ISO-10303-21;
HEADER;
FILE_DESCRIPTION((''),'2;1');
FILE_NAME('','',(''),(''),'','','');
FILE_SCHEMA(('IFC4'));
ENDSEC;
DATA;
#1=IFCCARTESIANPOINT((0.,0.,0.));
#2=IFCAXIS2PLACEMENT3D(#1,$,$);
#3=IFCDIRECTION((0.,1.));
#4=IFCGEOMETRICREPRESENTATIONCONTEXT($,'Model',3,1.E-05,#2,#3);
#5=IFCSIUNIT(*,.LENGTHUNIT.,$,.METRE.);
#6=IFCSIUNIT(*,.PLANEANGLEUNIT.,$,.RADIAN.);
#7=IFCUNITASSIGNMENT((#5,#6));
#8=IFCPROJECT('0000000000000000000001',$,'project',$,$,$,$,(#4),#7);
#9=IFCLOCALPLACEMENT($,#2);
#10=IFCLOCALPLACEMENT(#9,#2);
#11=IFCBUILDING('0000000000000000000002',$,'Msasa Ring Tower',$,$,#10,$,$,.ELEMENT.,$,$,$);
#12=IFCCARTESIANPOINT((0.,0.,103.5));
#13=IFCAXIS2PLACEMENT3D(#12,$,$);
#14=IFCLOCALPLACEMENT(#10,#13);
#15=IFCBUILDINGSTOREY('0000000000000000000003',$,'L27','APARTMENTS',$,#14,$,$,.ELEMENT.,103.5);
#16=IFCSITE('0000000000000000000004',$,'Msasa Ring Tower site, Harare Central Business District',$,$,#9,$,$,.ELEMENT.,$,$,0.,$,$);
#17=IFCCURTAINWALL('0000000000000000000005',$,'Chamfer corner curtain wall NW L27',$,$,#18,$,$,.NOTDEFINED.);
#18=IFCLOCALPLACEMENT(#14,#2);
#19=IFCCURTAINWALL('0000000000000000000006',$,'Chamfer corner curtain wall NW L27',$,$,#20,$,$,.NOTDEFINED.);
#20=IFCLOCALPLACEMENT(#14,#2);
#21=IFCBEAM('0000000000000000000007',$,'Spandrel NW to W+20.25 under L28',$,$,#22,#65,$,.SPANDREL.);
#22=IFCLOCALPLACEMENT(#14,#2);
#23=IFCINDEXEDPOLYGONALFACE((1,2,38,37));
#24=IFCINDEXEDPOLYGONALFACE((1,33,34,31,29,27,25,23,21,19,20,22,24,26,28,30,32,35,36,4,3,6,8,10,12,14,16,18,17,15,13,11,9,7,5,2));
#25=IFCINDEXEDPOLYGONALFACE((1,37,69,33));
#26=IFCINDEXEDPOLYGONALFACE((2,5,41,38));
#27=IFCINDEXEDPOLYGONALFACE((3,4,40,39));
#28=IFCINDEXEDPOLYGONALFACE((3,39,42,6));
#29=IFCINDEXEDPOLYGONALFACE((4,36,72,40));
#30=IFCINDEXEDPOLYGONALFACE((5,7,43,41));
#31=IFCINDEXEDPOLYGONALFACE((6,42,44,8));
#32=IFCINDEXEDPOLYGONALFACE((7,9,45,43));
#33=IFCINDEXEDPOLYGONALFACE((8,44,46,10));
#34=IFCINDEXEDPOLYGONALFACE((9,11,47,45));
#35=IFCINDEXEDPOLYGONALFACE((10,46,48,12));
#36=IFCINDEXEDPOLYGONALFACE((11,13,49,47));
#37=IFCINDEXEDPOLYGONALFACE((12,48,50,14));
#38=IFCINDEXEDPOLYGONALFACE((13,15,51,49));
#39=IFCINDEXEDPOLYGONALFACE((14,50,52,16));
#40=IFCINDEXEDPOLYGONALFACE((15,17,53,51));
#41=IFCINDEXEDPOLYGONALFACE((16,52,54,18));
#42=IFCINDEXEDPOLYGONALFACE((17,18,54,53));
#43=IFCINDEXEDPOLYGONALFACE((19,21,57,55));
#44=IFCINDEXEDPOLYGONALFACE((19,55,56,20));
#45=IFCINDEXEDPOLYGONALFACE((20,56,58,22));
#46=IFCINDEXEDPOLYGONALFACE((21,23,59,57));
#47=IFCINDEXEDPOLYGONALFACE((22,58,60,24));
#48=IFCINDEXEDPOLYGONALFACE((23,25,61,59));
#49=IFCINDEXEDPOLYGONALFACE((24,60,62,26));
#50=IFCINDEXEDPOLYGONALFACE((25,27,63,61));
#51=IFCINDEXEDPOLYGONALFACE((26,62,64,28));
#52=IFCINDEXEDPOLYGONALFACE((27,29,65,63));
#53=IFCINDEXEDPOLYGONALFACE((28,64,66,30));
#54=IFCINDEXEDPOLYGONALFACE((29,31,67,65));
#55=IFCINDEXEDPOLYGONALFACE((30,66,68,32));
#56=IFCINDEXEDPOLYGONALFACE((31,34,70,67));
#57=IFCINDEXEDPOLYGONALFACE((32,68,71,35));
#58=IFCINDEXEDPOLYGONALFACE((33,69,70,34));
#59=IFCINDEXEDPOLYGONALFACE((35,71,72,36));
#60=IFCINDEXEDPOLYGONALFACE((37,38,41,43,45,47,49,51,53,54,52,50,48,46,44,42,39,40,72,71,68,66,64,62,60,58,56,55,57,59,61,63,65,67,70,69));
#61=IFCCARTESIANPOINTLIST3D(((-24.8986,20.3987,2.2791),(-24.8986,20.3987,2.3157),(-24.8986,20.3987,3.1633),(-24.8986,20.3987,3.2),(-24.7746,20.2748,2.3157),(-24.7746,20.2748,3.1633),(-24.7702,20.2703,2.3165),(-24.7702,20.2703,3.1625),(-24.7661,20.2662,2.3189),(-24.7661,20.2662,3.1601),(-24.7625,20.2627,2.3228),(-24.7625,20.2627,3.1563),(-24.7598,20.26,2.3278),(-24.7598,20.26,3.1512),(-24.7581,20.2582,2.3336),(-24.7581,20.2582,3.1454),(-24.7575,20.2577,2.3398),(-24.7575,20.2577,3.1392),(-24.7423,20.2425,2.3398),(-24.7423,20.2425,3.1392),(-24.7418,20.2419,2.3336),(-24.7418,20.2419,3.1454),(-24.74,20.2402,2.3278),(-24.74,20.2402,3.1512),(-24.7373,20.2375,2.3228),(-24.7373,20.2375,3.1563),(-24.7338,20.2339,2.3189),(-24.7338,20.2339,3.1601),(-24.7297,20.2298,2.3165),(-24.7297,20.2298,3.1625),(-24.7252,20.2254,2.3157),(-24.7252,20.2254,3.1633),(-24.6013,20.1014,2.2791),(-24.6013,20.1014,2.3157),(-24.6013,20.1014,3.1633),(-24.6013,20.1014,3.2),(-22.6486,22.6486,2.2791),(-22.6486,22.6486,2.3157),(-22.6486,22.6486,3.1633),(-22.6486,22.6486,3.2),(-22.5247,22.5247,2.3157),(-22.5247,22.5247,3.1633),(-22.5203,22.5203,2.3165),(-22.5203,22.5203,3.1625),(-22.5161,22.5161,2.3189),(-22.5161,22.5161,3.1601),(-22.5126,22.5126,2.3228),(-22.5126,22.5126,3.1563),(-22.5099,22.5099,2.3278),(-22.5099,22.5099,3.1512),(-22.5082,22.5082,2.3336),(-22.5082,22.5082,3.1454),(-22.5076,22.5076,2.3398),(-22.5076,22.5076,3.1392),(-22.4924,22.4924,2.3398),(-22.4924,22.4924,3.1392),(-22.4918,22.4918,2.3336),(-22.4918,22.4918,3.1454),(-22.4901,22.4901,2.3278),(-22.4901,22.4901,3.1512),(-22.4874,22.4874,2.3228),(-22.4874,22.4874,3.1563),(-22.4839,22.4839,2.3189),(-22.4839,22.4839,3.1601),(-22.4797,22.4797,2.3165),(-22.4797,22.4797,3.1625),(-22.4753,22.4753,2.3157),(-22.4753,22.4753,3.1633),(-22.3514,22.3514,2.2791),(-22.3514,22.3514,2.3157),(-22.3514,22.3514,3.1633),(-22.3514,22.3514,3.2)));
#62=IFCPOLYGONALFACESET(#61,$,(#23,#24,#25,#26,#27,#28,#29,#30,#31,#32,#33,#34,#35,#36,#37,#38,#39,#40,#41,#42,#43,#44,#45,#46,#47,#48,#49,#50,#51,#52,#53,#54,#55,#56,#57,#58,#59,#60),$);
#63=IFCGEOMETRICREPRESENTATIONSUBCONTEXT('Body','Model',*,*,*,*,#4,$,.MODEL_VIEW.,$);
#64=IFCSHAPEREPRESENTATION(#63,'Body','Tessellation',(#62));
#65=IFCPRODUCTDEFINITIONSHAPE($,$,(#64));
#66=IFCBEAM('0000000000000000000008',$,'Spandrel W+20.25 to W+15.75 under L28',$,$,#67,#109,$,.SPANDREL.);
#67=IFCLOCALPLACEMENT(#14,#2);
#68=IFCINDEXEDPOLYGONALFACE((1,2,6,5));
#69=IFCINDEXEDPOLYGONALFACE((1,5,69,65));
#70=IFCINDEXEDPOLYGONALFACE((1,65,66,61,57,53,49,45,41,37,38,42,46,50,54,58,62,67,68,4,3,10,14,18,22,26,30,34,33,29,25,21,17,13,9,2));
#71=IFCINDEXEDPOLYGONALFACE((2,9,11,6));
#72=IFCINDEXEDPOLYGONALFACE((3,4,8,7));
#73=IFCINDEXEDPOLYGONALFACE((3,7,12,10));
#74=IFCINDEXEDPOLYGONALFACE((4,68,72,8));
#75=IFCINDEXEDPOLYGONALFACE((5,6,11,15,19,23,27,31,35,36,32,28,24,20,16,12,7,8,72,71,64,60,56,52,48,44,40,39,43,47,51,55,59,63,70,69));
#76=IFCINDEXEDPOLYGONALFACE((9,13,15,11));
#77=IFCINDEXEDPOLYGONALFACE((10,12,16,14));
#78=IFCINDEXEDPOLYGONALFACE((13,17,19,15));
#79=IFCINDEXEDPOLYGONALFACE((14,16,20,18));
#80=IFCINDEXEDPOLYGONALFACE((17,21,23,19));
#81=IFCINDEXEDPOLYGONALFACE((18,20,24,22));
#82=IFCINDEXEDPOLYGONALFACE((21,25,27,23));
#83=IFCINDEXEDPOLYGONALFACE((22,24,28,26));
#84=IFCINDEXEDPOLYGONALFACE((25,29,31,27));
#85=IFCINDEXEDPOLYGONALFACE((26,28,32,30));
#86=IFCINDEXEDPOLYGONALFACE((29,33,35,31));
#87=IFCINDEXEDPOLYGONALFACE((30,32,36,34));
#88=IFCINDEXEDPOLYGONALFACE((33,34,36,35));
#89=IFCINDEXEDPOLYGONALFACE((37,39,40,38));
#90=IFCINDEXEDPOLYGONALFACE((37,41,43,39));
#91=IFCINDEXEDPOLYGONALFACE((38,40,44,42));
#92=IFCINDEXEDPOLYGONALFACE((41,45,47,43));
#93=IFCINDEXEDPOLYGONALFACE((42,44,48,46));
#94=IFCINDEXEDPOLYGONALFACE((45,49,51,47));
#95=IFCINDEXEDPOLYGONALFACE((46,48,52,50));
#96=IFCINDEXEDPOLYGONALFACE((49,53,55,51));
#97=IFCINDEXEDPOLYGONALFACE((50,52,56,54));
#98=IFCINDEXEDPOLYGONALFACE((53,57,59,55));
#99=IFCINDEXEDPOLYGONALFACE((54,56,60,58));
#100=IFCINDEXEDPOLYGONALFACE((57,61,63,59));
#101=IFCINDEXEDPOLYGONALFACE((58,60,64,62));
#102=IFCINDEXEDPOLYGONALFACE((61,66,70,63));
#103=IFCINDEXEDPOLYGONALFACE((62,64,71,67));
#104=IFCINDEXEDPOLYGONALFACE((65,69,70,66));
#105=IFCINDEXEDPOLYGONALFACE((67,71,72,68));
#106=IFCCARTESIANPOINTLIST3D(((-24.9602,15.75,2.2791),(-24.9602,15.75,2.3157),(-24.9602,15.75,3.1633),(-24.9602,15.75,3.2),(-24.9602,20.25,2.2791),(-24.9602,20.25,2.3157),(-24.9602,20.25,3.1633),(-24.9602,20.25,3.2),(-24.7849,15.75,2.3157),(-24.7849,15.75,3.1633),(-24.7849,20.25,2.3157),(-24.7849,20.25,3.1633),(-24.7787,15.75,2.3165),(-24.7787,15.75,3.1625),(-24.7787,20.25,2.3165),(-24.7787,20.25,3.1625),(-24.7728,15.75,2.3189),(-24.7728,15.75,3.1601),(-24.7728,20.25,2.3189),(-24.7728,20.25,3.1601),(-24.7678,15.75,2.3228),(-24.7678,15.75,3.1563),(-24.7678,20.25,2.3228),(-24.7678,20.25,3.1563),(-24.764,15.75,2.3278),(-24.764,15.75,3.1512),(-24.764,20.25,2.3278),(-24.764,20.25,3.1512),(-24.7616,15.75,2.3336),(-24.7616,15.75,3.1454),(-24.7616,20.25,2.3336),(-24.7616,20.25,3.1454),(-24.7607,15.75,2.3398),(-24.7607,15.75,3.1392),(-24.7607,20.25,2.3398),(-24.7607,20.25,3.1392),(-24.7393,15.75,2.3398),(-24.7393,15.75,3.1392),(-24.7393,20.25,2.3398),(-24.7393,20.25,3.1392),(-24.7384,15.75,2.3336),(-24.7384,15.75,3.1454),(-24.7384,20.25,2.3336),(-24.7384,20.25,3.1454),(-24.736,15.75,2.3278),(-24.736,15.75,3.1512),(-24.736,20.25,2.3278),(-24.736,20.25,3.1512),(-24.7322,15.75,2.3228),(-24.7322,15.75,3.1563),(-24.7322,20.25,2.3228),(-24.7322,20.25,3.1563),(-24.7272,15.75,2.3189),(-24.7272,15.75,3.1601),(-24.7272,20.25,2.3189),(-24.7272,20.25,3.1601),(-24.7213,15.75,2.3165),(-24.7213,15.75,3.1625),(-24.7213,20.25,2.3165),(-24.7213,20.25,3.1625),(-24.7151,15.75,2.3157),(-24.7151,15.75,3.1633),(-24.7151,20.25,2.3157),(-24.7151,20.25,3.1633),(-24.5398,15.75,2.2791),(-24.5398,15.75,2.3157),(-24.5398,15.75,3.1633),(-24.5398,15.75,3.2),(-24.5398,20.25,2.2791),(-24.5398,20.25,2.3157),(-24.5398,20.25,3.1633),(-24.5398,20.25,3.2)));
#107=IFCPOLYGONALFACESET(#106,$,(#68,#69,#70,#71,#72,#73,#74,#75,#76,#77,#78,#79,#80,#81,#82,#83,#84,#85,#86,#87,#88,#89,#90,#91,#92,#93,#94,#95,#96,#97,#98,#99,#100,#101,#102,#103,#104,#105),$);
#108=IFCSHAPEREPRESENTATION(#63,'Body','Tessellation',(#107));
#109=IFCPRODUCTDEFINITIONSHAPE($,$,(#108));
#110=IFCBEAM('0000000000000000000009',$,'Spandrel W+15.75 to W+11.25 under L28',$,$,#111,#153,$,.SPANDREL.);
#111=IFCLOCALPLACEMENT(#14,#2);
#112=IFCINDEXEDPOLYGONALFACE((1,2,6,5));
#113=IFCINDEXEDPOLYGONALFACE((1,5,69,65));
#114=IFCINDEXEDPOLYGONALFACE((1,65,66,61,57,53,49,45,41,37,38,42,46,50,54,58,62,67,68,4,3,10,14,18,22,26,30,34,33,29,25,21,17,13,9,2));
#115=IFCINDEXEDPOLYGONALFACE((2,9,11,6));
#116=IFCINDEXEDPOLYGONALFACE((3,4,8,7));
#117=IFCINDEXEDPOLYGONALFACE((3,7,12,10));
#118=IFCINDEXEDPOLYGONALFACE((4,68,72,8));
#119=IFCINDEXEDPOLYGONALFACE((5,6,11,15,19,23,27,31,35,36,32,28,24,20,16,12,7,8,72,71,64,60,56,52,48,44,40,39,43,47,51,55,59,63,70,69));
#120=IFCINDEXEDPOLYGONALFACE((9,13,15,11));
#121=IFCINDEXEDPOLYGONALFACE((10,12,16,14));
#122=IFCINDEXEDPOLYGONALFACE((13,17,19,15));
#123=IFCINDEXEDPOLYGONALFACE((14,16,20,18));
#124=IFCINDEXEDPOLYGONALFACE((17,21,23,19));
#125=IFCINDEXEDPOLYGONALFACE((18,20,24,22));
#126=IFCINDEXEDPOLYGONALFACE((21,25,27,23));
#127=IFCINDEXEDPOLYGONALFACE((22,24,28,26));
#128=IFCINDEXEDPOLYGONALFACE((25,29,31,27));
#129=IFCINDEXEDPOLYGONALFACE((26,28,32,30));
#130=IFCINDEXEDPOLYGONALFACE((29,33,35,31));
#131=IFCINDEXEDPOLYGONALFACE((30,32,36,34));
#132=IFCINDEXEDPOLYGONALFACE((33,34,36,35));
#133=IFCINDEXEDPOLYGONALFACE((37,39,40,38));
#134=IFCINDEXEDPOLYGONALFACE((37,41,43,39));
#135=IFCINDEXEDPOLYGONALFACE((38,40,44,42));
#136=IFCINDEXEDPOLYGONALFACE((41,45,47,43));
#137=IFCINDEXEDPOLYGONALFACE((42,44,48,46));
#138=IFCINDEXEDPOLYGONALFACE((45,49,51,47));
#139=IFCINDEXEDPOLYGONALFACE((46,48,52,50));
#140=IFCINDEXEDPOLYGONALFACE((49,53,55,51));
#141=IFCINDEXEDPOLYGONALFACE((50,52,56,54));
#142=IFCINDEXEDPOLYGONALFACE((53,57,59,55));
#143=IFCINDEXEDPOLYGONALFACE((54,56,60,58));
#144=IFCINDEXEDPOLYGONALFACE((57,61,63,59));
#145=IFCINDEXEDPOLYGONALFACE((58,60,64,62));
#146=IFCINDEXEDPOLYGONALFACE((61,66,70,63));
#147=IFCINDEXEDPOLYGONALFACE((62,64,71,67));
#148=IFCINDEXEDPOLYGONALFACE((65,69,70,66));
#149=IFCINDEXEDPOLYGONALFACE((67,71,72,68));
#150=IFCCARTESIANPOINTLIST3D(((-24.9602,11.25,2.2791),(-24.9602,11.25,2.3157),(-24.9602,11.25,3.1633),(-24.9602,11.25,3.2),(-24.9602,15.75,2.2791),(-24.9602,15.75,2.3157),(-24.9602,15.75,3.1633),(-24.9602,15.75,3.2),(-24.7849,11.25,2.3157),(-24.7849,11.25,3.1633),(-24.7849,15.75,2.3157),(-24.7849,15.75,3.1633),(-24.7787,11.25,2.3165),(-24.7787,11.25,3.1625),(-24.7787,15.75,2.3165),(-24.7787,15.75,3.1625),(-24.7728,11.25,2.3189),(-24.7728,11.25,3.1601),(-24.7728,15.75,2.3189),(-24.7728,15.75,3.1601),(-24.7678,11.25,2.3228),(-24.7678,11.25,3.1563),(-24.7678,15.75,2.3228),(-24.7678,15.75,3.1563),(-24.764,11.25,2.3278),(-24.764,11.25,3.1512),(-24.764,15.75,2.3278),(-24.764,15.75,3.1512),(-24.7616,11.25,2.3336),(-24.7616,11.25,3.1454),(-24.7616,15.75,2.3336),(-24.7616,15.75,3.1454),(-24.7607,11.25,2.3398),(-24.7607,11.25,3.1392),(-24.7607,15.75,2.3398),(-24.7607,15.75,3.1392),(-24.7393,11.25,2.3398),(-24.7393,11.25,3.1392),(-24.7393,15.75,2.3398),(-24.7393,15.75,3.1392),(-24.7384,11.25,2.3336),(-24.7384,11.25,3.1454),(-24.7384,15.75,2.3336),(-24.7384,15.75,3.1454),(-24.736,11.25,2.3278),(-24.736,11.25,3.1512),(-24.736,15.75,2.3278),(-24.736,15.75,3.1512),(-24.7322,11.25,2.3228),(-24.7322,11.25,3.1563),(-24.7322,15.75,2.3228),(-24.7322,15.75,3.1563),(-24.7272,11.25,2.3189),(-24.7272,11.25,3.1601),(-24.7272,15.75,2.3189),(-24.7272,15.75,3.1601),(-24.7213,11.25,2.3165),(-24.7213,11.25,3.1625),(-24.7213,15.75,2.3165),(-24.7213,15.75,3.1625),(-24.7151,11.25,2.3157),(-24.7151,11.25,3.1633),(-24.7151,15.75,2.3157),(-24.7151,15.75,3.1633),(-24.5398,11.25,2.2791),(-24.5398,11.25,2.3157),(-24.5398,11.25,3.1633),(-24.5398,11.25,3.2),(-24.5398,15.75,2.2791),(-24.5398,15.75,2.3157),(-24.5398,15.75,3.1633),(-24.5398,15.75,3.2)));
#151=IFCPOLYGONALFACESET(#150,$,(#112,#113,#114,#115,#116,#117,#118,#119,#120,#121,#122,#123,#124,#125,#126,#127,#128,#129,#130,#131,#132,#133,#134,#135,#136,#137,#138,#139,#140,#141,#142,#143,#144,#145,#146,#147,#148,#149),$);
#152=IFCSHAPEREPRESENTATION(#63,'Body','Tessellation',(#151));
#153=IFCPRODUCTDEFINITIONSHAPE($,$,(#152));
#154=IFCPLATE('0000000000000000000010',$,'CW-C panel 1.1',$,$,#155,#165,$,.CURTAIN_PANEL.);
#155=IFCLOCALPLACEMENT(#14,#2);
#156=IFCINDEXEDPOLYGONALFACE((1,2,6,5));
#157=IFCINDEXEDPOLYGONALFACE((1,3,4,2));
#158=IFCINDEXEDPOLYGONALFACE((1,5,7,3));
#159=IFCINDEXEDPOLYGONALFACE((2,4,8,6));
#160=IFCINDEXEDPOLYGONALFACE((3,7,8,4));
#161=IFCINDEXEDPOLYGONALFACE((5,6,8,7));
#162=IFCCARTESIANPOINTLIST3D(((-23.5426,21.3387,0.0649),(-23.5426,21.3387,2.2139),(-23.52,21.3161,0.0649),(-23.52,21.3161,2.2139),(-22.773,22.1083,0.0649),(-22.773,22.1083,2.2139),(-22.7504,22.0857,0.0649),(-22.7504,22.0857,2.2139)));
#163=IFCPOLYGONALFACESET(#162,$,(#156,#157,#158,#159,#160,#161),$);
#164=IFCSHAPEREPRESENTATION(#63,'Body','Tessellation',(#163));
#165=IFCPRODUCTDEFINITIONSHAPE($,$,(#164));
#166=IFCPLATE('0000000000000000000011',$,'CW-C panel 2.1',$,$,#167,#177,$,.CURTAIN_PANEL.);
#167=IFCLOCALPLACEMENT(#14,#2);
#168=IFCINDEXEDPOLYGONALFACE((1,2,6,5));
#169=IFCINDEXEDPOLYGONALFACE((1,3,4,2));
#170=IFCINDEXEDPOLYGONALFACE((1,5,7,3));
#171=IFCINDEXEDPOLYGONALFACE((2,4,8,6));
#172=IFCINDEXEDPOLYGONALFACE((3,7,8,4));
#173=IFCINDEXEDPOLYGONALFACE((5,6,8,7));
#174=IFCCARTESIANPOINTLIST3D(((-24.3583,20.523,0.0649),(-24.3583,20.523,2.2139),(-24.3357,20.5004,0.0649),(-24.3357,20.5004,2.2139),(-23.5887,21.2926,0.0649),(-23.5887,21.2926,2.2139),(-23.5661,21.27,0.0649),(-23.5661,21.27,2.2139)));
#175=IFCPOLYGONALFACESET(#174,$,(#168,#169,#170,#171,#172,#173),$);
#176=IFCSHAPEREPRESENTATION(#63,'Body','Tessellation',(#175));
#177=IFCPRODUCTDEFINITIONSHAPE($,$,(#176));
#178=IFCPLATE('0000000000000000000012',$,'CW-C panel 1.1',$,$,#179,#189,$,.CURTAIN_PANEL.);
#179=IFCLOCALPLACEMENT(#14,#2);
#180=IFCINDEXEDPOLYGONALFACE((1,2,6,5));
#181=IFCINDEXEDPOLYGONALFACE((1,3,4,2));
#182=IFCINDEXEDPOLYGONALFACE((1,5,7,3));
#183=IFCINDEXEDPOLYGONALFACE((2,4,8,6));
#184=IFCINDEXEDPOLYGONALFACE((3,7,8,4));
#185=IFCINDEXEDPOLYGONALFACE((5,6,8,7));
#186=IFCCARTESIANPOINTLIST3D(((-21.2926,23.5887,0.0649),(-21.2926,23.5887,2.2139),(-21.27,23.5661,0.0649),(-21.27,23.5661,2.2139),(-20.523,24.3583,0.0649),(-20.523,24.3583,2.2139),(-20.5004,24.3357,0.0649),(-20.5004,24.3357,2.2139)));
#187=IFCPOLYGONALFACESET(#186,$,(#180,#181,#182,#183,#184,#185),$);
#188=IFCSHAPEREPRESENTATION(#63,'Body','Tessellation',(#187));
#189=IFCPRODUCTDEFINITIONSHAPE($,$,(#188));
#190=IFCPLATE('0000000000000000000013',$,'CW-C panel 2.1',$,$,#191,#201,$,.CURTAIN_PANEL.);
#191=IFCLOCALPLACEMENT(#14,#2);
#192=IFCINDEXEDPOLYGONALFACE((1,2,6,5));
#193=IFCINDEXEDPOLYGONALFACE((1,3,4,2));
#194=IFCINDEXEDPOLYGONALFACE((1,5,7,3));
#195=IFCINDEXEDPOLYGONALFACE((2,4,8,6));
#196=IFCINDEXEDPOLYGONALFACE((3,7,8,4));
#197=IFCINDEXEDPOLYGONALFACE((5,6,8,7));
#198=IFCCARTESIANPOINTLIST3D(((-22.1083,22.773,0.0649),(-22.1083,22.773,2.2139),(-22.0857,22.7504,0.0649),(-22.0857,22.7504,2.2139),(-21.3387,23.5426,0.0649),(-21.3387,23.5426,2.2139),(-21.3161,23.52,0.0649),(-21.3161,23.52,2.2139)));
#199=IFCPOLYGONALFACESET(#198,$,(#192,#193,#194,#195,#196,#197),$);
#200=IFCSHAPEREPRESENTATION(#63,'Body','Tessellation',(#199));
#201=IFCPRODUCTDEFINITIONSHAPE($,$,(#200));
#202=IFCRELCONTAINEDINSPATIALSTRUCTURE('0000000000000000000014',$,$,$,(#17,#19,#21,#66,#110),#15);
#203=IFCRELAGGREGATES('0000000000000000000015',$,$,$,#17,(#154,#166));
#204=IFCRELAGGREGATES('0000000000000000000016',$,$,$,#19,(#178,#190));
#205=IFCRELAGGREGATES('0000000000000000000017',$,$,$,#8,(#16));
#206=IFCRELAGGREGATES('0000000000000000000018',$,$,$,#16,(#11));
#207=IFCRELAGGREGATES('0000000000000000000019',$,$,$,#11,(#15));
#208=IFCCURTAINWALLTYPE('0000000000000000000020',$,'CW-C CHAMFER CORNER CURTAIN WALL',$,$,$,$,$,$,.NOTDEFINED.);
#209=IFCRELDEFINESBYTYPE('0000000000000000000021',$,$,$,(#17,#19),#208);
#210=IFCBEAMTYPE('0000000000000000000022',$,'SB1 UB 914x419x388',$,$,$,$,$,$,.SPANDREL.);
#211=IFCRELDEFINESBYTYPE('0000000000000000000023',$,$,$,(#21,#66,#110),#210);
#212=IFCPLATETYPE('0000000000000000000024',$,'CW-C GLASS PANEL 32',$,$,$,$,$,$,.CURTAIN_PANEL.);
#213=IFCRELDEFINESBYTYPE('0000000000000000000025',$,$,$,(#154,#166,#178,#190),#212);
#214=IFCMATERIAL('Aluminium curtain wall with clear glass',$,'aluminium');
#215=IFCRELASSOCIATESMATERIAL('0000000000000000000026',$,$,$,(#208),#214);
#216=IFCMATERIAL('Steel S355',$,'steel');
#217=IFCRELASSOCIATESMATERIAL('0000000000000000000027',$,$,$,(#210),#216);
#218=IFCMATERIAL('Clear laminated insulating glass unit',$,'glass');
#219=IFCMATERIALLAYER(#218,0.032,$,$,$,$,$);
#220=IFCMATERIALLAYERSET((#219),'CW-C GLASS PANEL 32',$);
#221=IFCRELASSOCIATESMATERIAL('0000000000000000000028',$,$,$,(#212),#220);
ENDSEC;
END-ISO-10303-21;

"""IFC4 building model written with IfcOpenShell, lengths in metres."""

from ifc_helpers import new_model, si_unit, direction, frame, origin, origin_2d, place, context, subcontext, project, spatial, rectangle, i_section, extrude, material, layer, layer_set, material_profile, profile_set, type_object, element, aggregate, save


model = new_model("IFC4")

# Units and contexts
model_context = context("Model", 3, precision=1e-05, world=origin(), true_north=direction((0.0, 1.0)))
body_context = subcontext(model_context, "Body", "Model", "MODEL_VIEW")
ifc_project = project(units=[si_unit("LENGTHUNIT", "METRE"), si_unit("PLANEANGLEUNIT", "RADIAN")], contexts=[model_context])

# Site, building, storey
site_placement = place(None, origin())
site = spatial("IfcSite", under=ifc_project, at=site_placement, Name="Msasa Ring Tower site, Harare Central Business District", CompositionType="ELEMENT", RefElevation=0.0)
building_placement = place(site_placement, origin())
building = spatial("IfcBuilding", under=site, at=building_placement, Name="Msasa Ring Tower", CompositionType="ELEMENT")
storey_placement = place(building_placement, frame((0.0, 0.0, 103.5)))
storey = spatial("IfcBuildingStorey", under=building, at=storey_placement, Name="L27", Description="APARTMENTS", CompositionType="ELEMENT", Elevation=103.5)

# Curtain walls
ifc_material_1 = material(Name="Aluminium curtain wall with clear glass", Category="aluminium")
curtain_wall_type = type_object("IfcCurtainWallType", Name="CW-C CHAMFER CORNER CURTAIN WALL", PredefinedType="NOTDEFINED", material=ifc_material_1)
curtain_wall_1_placement = place(storey_placement, origin())
curtain_wall_1 = element("IfcCurtainWall", 1, at=curtain_wall_1_placement, inside=storey, type_object=curtain_wall_type, Name="Chamfer corner curtain wall NW L27", PredefinedType="NOTDEFINED")
curtain_wall_2_placement = place(storey_placement, origin())
curtain_wall_2 = element("IfcCurtainWall", 2, at=curtain_wall_2_placement, inside=storey, type_object=curtain_wall_type, Name="Chamfer corner curtain wall NW L27", PredefinedType="NOTDEFINED")

# Beams
ifc_material_2 = material(Name="Steel S355", Category="steel")
ifc_material_profile_1 = material_profile(ifc_material_2, i_section(OverallWidth=0.4204, OverallDepth=0.9209, WebThickness=0.0215, FlangeThickness=0.0366, FilletRadius=0.0242, at=origin_2d()), Name="UB 914x419x388")
ifc_profile_set_1 = profile_set([ifc_material_profile_1], Name="Steel S355")
beam_type_1 = type_object("IfcBeamType", Name="SB1 UB 914x419x388", PredefinedType="SPANDREL", material=ifc_profile_set_1)
for number, where, z_axis, x_axis, name in (
    (3, (-22.5, 22.5, 2.7395), (-0.707107, -0.707107, 0.0), (0.707107, -0.707107, 0.0), "Spandrel NW to W+20.25 under L28"),
):
    element("IfcBeam", number, at=place(storey_placement, frame(where, z_axis=z_axis, x_axis=x_axis)), inside=storey, type_object=beam_type_1, Name=name, PredefinedType="SPANDREL", context=body_context, shape_type="SweptSolid", body=[
        extrude(i_section(OverallWidth=0.4204, OverallDepth=0.9209, WebThickness=0.0215, FlangeThickness=0.0366, FilletRadius=0.0242, at=origin_2d()), origin(), (0.0, 0.0, 1.0), 3.1819),
    ])
for number, where, z_axis, x_axis, name in (
    (4, (-24.75, 20.25, 2.7395), (0.0, -1.0, 0.0), (1.0, 0.0, 0.0), "Spandrel W+20.25 to W+15.75 under L28"),
    (5, (-24.75, 15.75, 2.7395), (0.0, -1.0, 0.0), (1.0, 0.0, 0.0), "Spandrel W+15.75 to W+11.25 under L28"),
):
    element("IfcBeam", number, at=place(storey_placement, frame(where, z_axis=z_axis, x_axis=x_axis)), inside=storey, type_object=beam_type_1, Name=name, PredefinedType="SPANDREL", context=body_context, shape_type="SweptSolid", body=[
        extrude(i_section(OverallWidth=0.4204, OverallDepth=0.9209, WebThickness=0.0215, FlangeThickness=0.0366, FilletRadius=0.0242, at=origin_2d()), origin(), (0.0, 0.0, 1.0), 4.5),
    ])

# Plates
ifc_material_3 = material(Name="Clear laminated insulating glass unit", Category="glass")
ifc_layer_1 = layer(ifc_material_3, 0.032)
ifc_layer_set_1 = layer_set([ifc_layer_1], Name="CW-C GLASS PANEL 32")
plate_type = type_object("IfcPlateType", Name="CW-C GLASS PANEL 32", PredefinedType="CURTAIN_PANEL", material=ifc_layer_set_1)
plate_1_placement = place(storey_placement, frame((-23.1465, 21.7122, 0.0649), z_axis=(0.0, 0.0, 1.0), x_axis=(-0.707107, -0.707107, 0.0)))
plate_1 = element("IfcPlate", 6, at=plate_1_placement, type_object=plate_type, Name="CW-C panel 1.1", PredefinedType="CURTAIN_PANEL", context=body_context, shape_type="SweptSolid", body=[
    extrude(rectangle(XDim=1.0884, YDim=0.032, at=origin_2d()), origin(), (0.0, 0.0, 1.0), 2.1489),
])
plate_2_placement = place(storey_placement, frame((-23.9622, 20.8965, 0.0649), z_axis=(0.0, 0.0, 1.0), x_axis=(-0.707107, -0.707107, 0.0)))
plate_2 = element("IfcPlate", 7, at=plate_2_placement, type_object=plate_type, Name="CW-C panel 2.1", PredefinedType="CURTAIN_PANEL", context=body_context, shape_type="SweptSolid", body=[
    extrude(rectangle(XDim=1.0884, YDim=0.032, at=origin_2d()), origin(), (0.0, 0.0, 1.0), 2.1489),
])
aggregate(curtain_wall_1, [plate_1, plate_2])
plate_3_placement = place(storey_placement, frame((-20.8965, 23.9622, 0.0649), z_axis=(0.0, 0.0, 1.0), x_axis=(-0.707107, -0.707107, 0.0)))
plate_3 = element("IfcPlate", 8, at=plate_3_placement, type_object=plate_type, Name="CW-C panel 1.1", PredefinedType="CURTAIN_PANEL", context=body_context, shape_type="SweptSolid", body=[
    extrude(rectangle(XDim=1.0884, YDim=0.032, at=origin_2d()), origin(), (0.0, 0.0, 1.0), 2.1489),
])
plate_4_placement = place(storey_placement, frame((-21.7122, 23.1465, 0.0649), z_axis=(0.0, 0.0, 1.0), x_axis=(-0.707107, -0.707107, 0.0)))
plate_4 = element("IfcPlate", 9, at=plate_4_placement, type_object=plate_type, Name="CW-C panel 2.1", PredefinedType="CURTAIN_PANEL", context=body_context, shape_type="SweptSolid", body=[
    extrude(rectangle(XDim=1.0884, YDim=0.032, at=origin_2d()), origin(), (0.0, 0.0, 1.0), 2.1489),
])
aggregate(curtain_wall_2, [plate_3, plate_4])

save(model, "model.ifc")
